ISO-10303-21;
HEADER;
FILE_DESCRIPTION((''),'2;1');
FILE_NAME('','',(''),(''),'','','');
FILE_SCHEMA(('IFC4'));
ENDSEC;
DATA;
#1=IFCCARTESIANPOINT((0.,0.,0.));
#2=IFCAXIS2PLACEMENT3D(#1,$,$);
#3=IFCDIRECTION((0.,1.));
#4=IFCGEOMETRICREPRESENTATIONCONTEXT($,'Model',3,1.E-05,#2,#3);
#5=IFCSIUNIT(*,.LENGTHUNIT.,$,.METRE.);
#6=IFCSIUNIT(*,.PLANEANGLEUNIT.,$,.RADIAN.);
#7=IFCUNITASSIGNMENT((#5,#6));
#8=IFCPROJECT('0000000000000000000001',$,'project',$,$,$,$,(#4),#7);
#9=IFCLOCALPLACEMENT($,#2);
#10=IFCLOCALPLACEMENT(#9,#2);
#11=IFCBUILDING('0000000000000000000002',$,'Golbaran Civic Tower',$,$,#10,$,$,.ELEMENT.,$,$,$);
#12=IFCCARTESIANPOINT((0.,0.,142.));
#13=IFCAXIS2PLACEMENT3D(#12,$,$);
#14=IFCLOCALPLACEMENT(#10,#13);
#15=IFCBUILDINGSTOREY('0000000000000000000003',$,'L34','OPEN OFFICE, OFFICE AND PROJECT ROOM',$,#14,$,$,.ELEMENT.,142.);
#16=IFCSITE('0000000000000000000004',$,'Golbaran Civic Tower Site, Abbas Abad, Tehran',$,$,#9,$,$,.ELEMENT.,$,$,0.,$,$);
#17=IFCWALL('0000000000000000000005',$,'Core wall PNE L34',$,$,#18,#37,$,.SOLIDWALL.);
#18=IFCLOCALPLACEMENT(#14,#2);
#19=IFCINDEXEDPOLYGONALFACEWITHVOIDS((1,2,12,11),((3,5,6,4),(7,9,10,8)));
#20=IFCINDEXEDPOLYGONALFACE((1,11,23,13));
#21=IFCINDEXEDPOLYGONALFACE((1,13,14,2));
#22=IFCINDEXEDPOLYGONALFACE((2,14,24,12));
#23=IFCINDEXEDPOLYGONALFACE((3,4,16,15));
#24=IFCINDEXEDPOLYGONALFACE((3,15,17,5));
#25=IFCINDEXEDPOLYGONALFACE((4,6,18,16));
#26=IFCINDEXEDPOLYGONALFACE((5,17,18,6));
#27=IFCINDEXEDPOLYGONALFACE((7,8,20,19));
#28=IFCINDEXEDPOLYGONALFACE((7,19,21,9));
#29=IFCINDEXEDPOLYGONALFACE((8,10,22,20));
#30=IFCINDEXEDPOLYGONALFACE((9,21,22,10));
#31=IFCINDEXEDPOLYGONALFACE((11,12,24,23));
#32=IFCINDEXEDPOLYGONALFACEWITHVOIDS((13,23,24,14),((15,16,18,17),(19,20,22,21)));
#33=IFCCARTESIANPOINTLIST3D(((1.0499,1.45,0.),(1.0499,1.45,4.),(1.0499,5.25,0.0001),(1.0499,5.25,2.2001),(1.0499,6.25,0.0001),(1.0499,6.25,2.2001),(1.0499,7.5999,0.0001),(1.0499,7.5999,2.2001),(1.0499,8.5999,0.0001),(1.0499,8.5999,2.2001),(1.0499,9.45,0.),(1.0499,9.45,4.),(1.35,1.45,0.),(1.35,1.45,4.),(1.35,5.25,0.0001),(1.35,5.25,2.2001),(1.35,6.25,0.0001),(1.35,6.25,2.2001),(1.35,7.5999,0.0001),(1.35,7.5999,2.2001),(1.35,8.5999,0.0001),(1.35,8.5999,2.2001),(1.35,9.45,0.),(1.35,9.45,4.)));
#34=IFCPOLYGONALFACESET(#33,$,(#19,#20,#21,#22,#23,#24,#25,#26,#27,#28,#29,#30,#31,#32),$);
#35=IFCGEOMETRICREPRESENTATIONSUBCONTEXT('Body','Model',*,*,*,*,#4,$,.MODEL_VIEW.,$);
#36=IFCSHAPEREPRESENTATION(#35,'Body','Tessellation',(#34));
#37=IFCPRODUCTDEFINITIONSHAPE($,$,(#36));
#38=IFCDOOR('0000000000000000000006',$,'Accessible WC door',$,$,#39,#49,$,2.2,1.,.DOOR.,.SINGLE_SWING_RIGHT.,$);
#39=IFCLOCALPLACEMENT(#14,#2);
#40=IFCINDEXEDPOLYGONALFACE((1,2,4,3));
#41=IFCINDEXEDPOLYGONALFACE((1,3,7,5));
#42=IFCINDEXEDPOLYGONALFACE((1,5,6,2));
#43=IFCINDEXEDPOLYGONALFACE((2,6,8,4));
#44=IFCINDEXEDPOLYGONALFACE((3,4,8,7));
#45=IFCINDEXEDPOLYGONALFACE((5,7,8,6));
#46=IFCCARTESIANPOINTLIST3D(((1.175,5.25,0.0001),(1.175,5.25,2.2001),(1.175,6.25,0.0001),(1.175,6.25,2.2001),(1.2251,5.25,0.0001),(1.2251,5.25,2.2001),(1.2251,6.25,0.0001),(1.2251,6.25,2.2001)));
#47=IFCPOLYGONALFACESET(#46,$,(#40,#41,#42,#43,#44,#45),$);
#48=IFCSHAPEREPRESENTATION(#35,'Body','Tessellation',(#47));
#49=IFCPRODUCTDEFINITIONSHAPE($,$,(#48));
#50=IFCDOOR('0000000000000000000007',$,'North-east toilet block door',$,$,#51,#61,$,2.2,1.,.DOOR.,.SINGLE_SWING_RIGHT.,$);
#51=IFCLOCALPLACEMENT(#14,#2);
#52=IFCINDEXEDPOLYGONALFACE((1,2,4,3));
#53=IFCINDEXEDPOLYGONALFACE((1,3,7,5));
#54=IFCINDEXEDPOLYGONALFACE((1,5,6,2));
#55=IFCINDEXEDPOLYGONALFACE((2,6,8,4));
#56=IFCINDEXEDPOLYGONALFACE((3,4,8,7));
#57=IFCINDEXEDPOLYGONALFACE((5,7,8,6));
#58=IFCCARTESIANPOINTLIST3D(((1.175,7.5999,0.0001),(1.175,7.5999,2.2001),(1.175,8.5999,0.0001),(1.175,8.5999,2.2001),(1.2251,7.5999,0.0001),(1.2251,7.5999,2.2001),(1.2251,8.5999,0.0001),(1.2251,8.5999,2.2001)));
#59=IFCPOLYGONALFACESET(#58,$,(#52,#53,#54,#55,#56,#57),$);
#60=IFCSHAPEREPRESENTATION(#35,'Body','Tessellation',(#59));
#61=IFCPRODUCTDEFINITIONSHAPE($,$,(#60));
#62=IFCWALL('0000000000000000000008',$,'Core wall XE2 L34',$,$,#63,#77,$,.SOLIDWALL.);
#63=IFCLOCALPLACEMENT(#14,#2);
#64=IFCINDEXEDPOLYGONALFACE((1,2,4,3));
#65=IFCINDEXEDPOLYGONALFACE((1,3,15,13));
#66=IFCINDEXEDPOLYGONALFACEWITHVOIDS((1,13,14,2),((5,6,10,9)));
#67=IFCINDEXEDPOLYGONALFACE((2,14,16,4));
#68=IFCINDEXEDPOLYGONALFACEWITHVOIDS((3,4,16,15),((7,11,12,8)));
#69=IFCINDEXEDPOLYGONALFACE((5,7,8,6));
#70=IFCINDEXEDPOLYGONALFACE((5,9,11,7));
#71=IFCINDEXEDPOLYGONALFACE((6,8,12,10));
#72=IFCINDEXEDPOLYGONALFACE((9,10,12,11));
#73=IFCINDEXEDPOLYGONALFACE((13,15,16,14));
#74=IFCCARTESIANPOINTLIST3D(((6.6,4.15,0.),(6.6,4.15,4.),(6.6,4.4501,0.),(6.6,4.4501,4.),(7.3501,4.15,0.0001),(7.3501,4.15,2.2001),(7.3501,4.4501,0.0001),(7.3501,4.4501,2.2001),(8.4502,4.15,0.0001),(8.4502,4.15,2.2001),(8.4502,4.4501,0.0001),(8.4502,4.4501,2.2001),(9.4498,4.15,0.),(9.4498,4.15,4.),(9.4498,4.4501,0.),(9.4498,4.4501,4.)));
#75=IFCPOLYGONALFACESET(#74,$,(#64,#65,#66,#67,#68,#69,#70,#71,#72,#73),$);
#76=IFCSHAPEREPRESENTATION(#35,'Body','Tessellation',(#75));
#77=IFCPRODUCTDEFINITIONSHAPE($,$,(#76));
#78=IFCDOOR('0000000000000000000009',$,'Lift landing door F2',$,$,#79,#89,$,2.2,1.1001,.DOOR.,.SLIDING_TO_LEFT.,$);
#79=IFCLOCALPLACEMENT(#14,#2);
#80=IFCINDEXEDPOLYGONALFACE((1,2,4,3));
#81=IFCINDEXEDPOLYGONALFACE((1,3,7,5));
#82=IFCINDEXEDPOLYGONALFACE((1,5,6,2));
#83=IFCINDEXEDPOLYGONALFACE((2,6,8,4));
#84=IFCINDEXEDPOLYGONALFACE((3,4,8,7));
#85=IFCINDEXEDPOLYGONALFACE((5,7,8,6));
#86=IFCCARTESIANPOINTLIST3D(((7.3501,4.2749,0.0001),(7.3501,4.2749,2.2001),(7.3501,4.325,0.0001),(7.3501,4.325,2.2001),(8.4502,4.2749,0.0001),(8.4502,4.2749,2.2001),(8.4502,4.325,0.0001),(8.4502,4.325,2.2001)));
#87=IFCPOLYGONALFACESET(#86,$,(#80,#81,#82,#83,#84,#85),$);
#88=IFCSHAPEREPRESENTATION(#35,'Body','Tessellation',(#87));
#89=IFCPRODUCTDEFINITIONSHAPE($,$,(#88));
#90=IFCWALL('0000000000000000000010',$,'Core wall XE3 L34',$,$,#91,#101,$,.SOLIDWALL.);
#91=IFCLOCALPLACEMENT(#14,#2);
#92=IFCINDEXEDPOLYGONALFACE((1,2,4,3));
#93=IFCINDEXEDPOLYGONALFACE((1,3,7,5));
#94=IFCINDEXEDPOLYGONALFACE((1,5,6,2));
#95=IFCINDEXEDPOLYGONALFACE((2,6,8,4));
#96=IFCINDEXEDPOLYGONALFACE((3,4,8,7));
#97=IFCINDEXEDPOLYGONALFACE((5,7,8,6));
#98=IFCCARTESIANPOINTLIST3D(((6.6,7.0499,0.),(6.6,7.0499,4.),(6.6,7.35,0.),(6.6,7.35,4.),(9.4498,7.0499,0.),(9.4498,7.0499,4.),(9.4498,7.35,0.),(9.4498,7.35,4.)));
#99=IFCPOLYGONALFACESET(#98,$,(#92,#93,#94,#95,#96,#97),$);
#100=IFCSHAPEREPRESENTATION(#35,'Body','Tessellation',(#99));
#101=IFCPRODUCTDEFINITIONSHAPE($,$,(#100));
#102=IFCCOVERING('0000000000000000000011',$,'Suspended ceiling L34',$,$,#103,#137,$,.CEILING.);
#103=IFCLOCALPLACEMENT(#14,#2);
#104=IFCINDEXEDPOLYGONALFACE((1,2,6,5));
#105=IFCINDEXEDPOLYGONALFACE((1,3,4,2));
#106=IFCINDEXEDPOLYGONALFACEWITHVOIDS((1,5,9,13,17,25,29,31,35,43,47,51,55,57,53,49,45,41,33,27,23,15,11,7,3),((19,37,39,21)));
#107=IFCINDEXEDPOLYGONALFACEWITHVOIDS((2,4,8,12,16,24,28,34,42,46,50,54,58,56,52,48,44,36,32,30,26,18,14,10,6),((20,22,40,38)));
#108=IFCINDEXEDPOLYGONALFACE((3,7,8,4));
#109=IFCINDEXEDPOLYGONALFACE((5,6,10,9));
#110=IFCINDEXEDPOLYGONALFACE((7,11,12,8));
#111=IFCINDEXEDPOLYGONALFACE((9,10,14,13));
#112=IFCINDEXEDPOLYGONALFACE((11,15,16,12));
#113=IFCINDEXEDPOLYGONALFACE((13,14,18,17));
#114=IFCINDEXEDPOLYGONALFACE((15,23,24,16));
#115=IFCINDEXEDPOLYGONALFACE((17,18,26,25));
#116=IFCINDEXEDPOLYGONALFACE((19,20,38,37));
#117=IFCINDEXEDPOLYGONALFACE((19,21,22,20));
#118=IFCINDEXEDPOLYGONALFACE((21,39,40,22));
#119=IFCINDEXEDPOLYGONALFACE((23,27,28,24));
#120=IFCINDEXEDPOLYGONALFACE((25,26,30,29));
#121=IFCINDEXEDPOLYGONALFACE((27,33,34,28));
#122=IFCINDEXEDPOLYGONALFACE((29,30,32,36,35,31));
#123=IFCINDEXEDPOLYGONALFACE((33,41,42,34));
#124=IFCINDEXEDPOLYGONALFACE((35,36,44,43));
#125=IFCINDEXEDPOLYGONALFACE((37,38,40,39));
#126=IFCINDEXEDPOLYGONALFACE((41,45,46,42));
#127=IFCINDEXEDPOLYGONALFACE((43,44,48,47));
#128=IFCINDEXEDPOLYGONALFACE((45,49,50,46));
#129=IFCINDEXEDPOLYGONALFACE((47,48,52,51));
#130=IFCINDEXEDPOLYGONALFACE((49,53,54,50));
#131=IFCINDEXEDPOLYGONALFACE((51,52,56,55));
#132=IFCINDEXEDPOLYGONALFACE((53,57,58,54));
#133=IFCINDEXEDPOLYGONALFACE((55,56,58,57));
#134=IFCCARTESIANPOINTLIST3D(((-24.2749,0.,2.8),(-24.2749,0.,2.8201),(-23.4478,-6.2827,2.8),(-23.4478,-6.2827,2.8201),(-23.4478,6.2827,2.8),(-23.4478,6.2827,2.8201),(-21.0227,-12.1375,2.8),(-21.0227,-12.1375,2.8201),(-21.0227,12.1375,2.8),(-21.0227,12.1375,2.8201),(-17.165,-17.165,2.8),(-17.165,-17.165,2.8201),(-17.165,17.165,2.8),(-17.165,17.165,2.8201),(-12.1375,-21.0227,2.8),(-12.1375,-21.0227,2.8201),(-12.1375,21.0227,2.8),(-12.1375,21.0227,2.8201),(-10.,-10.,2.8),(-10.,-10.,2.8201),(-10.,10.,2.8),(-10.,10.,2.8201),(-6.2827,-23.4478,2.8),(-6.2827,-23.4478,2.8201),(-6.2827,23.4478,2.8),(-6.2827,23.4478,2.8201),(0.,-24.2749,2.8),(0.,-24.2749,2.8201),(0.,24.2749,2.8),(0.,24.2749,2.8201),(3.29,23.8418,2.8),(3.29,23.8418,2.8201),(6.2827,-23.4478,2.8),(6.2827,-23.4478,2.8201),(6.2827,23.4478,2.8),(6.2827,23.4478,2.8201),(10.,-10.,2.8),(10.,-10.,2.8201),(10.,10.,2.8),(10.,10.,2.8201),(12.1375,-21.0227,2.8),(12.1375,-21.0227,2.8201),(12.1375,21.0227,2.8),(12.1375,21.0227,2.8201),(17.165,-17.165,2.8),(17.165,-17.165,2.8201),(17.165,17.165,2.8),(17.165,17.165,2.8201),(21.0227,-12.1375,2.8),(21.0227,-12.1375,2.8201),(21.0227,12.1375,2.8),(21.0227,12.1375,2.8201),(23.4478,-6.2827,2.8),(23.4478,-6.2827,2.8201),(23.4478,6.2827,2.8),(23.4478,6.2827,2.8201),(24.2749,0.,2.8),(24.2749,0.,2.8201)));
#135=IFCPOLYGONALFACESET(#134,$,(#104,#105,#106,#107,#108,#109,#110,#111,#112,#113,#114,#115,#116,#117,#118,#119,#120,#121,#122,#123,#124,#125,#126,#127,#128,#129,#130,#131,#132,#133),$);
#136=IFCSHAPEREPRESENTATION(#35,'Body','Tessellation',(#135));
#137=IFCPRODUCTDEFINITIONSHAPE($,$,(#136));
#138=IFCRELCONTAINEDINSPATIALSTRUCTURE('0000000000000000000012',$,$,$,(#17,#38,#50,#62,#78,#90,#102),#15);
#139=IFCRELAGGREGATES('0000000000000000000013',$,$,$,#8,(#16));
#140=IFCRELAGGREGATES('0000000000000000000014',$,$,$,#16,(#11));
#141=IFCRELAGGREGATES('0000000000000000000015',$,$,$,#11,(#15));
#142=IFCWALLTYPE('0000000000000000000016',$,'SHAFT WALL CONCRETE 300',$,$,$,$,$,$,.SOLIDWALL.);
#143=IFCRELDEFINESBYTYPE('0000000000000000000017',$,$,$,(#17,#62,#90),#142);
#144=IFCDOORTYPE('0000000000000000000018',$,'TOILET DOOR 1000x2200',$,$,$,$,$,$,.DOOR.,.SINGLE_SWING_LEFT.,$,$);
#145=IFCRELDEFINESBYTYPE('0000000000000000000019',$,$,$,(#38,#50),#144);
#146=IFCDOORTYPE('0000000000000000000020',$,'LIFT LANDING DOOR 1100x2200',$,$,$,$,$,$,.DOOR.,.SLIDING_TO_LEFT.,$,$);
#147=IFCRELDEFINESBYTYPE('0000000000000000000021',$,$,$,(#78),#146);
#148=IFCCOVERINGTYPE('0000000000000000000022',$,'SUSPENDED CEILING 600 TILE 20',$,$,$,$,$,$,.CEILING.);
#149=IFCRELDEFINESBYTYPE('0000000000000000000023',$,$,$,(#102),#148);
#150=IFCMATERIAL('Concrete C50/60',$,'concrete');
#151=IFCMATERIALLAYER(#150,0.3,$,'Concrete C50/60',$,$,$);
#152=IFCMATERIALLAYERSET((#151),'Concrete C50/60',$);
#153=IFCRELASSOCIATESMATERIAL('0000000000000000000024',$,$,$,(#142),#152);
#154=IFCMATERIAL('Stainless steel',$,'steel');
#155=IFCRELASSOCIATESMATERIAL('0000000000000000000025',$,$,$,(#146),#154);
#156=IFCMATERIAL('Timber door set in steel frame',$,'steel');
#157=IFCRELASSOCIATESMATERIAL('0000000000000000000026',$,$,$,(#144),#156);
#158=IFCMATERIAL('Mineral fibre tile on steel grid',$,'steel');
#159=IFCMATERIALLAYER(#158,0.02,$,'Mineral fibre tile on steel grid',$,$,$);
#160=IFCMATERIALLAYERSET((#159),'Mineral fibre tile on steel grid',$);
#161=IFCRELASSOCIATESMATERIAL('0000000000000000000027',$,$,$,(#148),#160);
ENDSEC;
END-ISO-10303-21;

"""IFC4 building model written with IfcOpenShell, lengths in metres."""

from ifc_helpers import new_model, si_unit, direction, frame, frame_2d, origin, place, context, subcontext, project, spatial, polyline, rectangle, outline, extrude, material, layer, layer_set, type_object, element, fill, save


model = new_model("IFC4")

# Units and contexts
model_context = context("Model", 3, precision=1e-05, world=origin(), true_north=direction((0.0, 1.0)))
body_context = subcontext(model_context, "Body", "Model", "MODEL_VIEW")
ifc_project = project(units=[si_unit("LENGTHUNIT", "METRE"), si_unit("PLANEANGLEUNIT", "RADIAN")], contexts=[model_context])

# Site, building, storey
site_placement = place(None, origin())
site = spatial("IfcSite", under=ifc_project, at=site_placement, Name="Golbaran Civic Tower Site, Abbas Abad, Tehran", CompositionType="ELEMENT", RefElevation=0.0)
building_placement = place(site_placement, origin())
building = spatial("IfcBuilding", under=site, at=building_placement, Name="Golbaran Civic Tower", CompositionType="ELEMENT")
storey_placement = place(building_placement, frame((0.0, 0.0, 142.0)))
storey = spatial("IfcBuildingStorey", under=building, at=storey_placement, Name="L34", Description="OPEN OFFICE, OFFICE AND PROJECT ROOM", CompositionType="ELEMENT", Elevation=142.0)

# Shared definitions
ifc_material_1 = material(Name="Timber door set in steel frame", Category="steel")

# Shared definitions
ifc_material_2 = material(Name="Concrete C50/60", Category="concrete")
ifc_layer_1 = layer(ifc_material_2, 0.3, Name="Concrete C50/60")
ifc_layer_set_1 = layer_set([ifc_layer_1], Name="Concrete C50/60")
wall_type_1 = type_object("IfcWallType", Name="SHAFT WALL CONCRETE 300", PredefinedType="SOLIDWALL", material=ifc_layer_set_1)
ifc_material_3 = material(Name="Stainless steel", Category="steel")
door_type_1 = type_object("IfcDoorType", Name="LIFT LANDING DOOR 1100x2200", OperationType="SLIDING_TO_LEFT", PredefinedType="DOOR", material=ifc_material_3)

# Wall, openings, doors
wall_1_placement = place(storey_placement, frame((1.2, 1.45, 0.0), z_axis=(0.0, 0.0, 1.0), x_axis=(0.0, 1.0, 0.0)))
wall_1 = element("IfcWall", 1, at=wall_1_placement, inside=storey, type_object=wall_type_1, Name="Core wall PNE L34", PredefinedType="SOLIDWALL", context=body_context, shape_type="SweptSolid", body=[
    extrude(rectangle(XDim=8.0, YDim=0.3, at=frame_2d((4.0, 0.0))), origin(), (0.0, 0.0, 1.0), 4.0),
])
opening_1_placement = place(wall_1_placement, frame((3.8, 0.0, 0.0)))
opening_1 = element("IfcOpeningElement", 2, at=opening_1_placement, cuts=wall_1, PredefinedType="OPENING", context=body_context, shape_type="SweptSolid", body=[
    extrude(rectangle(XDim=1.0, YDim=2.2, at=frame_2d((0.5, 1.1001))), frame((0.0, 0.1599, 0.0), z_axis=(0.0, -1.0, 0.0), x_axis=(1.0, 0.0, 0.0)), (0.0, 0.0, 1.0), 0.3201),
])
opening_2_placement = place(wall_1_placement, frame((6.1499, 0.0, 0.0)))
opening_2 = element("IfcOpeningElement", 3, at=opening_2_placement, cuts=wall_1, PredefinedType="OPENING", context=body_context, shape_type="SweptSolid", body=[
    extrude(rectangle(XDim=1.0, YDim=2.2, at=frame_2d((0.5, 1.1001))), frame((0.0, 0.1599, 0.0), z_axis=(0.0, -1.0, 0.0), x_axis=(1.0, 0.0, 0.0)), (0.0, 0.0, 1.0), 0.3201),
])
door_type_2 = type_object("IfcDoorType", Name="TOILET DOOR 1000x2200", OperationType="SINGLE_SWING_LEFT", PredefinedType="DOOR", material=ifc_material_1)
door_1_placement = place(opening_1_placement, origin())
door_1 = element("IfcDoor", 4, at=door_1_placement, inside=storey, type_object=door_type_2, Name="Accessible WC door", OperationType="SINGLE_SWING_RIGHT", OverallHeight=2.2, OverallWidth=1.0, PredefinedType="DOOR", context=body_context, shape_type="SweptSolid", body=[
    extrude(rectangle(XDim=1.0, YDim=2.2, at=frame_2d((0.5, 1.1001))), frame((0.0, 0.0249, 0.0), z_axis=(0.0, -1.0, 0.0), x_axis=(1.0, 0.0, 0.0)), (0.0, 0.0, 1.0), 0.05),
])
fill(opening_1, door_1)
door_2_placement = place(opening_2_placement, origin())
door_2 = element("IfcDoor", 5, at=door_2_placement, inside=storey, type_object=door_type_2, Name="North-east toilet block door", OperationType="SINGLE_SWING_RIGHT", OverallHeight=2.2, OverallWidth=1.0, PredefinedType="DOOR", context=body_context, shape_type="SweptSolid", body=[
    extrude(rectangle(XDim=1.0, YDim=2.2, at=frame_2d((0.5, 1.1001))), frame((0.0, 0.0249, 0.0), z_axis=(0.0, -1.0, 0.0), x_axis=(1.0, 0.0, 0.0)), (0.0, 0.0, 1.0), 0.05),
])
fill(opening_2, door_2)

# Wall, opening, door
wall_2_placement = place(storey_placement, frame((6.6001, 4.3, 0.0), z_axis=(0.0, 0.0, 1.0), x_axis=(1.0, 0.0, 0.0)))
wall_2 = element("IfcWall", 6, at=wall_2_placement, inside=storey, type_object=wall_type_1, Name="Core wall XE2 L34", PredefinedType="SOLIDWALL", context=body_context, shape_type="SweptSolid", body=[
    extrude(rectangle(XDim=2.8499, YDim=0.3, at=frame_2d((1.4248, 0.0))), origin(), (0.0, 0.0, 1.0), 4.0),
])
opening_3_placement = place(wall_2_placement, frame((0.75, 0.0, 0.0)))
opening_3 = element("IfcOpeningElement", 7, at=opening_3_placement, cuts=wall_2, PredefinedType="OPENING", context=body_context, shape_type="SweptSolid", body=[
    extrude(rectangle(XDim=1.1001, YDim=2.2, at=frame_2d((0.55, 1.1001))), frame((0.0, 0.1599, 0.0), z_axis=(0.0, -1.0, 0.0), x_axis=(1.0, 0.0, 0.0)), (0.0, 0.0, 1.0), 0.3201),
])
door_3_placement = place(opening_3_placement, origin())
door_3 = element("IfcDoor", 8, at=door_3_placement, inside=storey, type_object=door_type_1, Name="Lift landing door F2", OperationType="SLIDING_TO_LEFT", OverallHeight=2.2, OverallWidth=1.1001, PredefinedType="DOOR", context=body_context, shape_type="SweptSolid", body=[
    extrude(rectangle(XDim=1.1001, YDim=2.2, at=frame_2d((0.55, 1.1001))), frame((0.0, 0.0249, 0.0), z_axis=(0.0, -1.0, 0.0), x_axis=(1.0, 0.0, 0.0)), (0.0, 0.0, 1.0), 0.05),
])
fill(opening_3, door_3)

# Wall
wall_3_placement = place(storey_placement, frame((6.6001, 7.2, 0.0), z_axis=(0.0, 0.0, 1.0), x_axis=(1.0, 0.0, 0.0)))
element("IfcWall", 9, at=wall_3_placement, inside=storey, type_object=wall_type_1, Name="Core wall XE3 L34", PredefinedType="SOLIDWALL", context=body_context, shape_type="SweptSolid", body=[
    extrude(rectangle(XDim=2.8499, YDim=0.3, at=frame_2d((1.4248, 0.0))), origin(), (0.0, 0.0, 1.0), 4.0),
])

# Covering
ifc_material_4 = material(Name="Mineral fibre tile on steel grid", Category="steel")
ifc_layer_2 = layer(ifc_material_4, 0.02, Name="Mineral fibre tile on steel grid")
ifc_layer_set_2 = layer_set([ifc_layer_2], Name="Mineral fibre tile on steel grid")
covering_type = type_object("IfcCoveringType", Name="SUSPENDED CEILING 600 TILE 20", PredefinedType="CEILING", material=ifc_layer_set_2)
covering_placement = place(storey_placement, frame((0.0, 0.0, 2.8)))
element("IfcCovering", 10, at=covering_placement, inside=storey, type_object=covering_type, Name="Suspended ceiling L34", PredefinedType="CEILING", context=body_context, shape_type="SweptSolid", body=[
    extrude(outline(polyline([(-17.165, 17.165), (-12.1375, 21.0227), (-6.2827, 23.4478), (0.0, 24.2749), (3.29, 23.8418), (6.2827, 23.4478), (12.1375, 21.0227), (17.165, 17.165), (21.0227, 12.1375), (23.4478, 6.2827), (24.2749, 0.0), (23.4478, -6.2827), (21.0227, -12.1375), (17.165, -17.165), (12.1375, -21.0227), (6.2827, -23.4478), (0.0, -24.2749), (-6.2827, -23.4478), (-12.1375, -21.0227), (-17.165, -17.165), (-21.0227, -12.1375), (-23.4478, -6.2827), (-24.2749, 0.0), (-23.4478, 6.2827), (-21.0227, 12.1375), (-17.165, 17.165)]), holes=[polyline([(-10.0, -10.0), (10.0, -10.0), (10.0, 10.0), (-10.0, 10.0), (-10.0, -10.0)])]), origin(), (0.0, 0.0, 1.0), 0.02),
])

save(model, "model.ifc")
